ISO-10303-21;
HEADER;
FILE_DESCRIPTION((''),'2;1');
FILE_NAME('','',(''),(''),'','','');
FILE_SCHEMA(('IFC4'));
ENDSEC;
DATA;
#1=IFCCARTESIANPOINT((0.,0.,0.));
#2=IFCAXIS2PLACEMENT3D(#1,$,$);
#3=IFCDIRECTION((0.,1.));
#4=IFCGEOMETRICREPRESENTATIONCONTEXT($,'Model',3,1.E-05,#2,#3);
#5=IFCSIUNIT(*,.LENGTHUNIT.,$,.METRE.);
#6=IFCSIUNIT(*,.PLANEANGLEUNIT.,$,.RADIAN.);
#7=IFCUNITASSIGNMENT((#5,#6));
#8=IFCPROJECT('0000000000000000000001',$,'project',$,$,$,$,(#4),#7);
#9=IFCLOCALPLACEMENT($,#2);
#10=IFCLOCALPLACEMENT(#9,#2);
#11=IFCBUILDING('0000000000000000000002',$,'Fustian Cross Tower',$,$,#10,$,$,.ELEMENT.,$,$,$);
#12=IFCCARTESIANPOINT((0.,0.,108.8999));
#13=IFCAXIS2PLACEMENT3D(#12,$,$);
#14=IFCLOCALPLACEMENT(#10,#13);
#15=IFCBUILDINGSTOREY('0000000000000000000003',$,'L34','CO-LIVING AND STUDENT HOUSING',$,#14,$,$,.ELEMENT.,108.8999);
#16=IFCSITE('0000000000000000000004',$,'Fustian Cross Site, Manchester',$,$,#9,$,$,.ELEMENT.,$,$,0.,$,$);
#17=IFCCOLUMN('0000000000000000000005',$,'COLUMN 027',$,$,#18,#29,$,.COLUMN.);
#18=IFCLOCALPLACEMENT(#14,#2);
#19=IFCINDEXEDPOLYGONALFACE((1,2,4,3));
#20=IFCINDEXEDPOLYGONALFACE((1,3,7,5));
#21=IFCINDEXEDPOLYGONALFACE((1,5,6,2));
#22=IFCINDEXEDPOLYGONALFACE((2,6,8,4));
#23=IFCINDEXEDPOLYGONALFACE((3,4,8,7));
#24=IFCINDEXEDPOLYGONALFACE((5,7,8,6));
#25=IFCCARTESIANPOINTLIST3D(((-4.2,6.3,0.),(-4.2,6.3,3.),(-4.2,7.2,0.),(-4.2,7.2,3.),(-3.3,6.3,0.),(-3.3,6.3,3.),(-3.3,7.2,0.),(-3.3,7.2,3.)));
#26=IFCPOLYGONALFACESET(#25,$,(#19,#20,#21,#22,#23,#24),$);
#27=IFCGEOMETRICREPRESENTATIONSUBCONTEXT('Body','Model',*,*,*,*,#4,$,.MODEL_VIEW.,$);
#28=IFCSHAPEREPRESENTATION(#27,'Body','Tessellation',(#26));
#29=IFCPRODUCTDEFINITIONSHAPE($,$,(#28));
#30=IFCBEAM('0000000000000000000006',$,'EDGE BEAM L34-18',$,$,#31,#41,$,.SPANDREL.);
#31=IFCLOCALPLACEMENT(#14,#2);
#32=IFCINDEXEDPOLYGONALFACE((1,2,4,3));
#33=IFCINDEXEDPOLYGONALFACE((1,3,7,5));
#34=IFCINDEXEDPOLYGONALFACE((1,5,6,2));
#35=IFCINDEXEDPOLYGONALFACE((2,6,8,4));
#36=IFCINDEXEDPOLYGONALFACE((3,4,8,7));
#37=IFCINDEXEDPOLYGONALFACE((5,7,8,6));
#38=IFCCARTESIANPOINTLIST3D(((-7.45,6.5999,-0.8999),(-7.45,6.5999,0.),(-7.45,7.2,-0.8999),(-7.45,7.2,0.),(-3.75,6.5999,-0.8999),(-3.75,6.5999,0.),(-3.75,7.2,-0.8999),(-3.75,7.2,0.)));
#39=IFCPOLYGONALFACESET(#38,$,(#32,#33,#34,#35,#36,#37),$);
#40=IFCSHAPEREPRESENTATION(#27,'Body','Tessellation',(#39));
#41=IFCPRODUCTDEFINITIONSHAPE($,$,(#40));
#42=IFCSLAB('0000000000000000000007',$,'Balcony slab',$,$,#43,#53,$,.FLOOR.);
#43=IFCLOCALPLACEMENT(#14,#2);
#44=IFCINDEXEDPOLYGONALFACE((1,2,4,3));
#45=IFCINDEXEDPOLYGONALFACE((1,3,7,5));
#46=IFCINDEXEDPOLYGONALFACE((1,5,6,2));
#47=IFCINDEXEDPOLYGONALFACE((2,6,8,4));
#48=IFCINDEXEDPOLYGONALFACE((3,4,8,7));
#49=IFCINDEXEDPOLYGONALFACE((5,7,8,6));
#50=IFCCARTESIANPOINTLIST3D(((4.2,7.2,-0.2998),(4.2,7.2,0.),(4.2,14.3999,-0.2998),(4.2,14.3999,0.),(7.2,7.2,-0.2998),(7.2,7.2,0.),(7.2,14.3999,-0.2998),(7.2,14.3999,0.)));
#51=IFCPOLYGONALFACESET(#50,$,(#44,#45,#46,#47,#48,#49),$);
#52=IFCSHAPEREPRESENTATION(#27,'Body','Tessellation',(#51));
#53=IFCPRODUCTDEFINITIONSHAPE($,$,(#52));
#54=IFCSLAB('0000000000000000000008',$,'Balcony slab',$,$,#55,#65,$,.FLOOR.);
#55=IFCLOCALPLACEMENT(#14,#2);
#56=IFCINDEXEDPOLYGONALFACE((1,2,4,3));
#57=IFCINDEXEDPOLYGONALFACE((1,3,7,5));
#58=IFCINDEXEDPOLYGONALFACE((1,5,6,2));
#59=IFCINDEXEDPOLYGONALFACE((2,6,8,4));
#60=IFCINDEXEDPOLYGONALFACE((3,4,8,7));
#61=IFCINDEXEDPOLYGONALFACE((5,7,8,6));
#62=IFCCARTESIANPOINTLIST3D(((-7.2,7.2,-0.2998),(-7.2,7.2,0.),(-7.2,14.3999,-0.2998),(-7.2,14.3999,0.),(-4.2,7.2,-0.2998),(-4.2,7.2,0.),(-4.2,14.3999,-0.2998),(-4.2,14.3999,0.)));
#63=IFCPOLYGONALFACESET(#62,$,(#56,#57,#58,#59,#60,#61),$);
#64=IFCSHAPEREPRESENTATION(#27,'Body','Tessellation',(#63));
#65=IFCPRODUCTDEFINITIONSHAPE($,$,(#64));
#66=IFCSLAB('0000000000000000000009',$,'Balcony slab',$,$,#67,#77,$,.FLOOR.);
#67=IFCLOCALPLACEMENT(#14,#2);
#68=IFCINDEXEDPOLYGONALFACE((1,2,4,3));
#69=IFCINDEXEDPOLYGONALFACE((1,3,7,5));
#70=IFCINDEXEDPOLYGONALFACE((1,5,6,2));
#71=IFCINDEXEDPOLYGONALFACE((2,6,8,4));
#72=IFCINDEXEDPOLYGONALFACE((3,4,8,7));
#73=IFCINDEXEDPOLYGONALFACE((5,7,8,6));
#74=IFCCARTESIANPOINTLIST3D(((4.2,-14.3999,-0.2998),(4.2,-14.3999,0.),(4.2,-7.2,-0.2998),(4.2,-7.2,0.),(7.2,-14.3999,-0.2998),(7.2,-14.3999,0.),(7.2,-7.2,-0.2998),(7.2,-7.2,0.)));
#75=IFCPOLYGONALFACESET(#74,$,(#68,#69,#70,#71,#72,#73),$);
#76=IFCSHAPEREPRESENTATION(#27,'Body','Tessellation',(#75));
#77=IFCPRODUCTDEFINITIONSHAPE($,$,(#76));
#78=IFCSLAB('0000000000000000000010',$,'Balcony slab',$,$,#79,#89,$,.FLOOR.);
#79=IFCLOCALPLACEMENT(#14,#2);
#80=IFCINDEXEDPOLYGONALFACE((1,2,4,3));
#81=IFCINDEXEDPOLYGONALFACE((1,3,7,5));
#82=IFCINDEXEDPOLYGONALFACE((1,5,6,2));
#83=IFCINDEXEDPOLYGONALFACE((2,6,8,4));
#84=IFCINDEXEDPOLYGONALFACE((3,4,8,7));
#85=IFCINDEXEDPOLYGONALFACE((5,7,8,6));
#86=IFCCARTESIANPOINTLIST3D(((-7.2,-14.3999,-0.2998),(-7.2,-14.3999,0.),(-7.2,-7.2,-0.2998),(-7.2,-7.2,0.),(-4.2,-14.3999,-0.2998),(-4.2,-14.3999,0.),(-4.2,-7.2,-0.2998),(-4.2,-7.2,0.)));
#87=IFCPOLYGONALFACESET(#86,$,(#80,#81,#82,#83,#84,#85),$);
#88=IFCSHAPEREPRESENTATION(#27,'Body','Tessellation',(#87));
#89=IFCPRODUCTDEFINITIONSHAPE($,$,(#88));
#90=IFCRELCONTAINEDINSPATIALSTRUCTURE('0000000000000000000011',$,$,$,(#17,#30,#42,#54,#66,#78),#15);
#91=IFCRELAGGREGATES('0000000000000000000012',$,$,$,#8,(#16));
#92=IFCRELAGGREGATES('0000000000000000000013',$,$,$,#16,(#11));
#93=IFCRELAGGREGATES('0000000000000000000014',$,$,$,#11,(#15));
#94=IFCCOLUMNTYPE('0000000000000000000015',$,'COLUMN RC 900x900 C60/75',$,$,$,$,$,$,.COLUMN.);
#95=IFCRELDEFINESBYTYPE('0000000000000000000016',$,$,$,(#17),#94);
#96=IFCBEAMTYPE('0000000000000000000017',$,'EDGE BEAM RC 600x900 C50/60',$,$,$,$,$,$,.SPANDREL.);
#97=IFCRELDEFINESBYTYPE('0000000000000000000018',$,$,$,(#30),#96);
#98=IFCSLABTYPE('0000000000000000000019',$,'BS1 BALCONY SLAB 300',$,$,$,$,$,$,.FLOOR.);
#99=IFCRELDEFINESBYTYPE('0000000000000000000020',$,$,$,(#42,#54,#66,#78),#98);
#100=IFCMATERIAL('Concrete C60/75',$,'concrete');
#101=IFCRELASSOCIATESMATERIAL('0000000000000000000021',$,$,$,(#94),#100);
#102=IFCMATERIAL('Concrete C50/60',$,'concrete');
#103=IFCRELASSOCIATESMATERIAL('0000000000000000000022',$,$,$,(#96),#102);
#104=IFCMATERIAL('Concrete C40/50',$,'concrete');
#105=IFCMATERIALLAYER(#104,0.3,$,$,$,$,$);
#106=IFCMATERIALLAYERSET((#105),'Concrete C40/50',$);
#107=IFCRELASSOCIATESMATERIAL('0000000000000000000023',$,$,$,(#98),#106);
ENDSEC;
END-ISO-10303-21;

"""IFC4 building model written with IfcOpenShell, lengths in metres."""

from ifc_helpers import new_model, si_unit, direction, frame, origin, origin_2d, place, context, subcontext, project, spatial, polyline, rectangle, outline, extrude, material, layer, layer_set, material_profile, profile_set, type_object, element, save


model = new_model("IFC4")

# Units and contexts
model_context = context("Model", 3, precision=1e-05, world=origin(), true_north=direction((0.0, 1.0)))
body_context = subcontext(model_context, "Body", "Model", "MODEL_VIEW")
ifc_project = project(units=[si_unit("LENGTHUNIT", "METRE"), si_unit("PLANEANGLEUNIT", "RADIAN")], contexts=[model_context])

# Site, building, storey
site_placement = place(None, origin())
site = spatial("IfcSite", under=ifc_project, at=site_placement, Name="Fustian Cross Site, Manchester", CompositionType="ELEMENT", RefElevation=0.0)
building_placement = place(site_placement, origin())
building = spatial("IfcBuilding", under=site, at=building_placement, Name="Fustian Cross Tower", CompositionType="ELEMENT")
storey_placement = place(building_placement, frame((0.0, 0.0, 108.8999)))
storey = spatial("IfcBuildingStorey", under=building, at=storey_placement, Name="L34", Description="CO-LIVING AND STUDENT HOUSING", CompositionType="ELEMENT", Elevation=108.8999)

# Column
ifc_material_1 = material(Name="Concrete C60/75", Category="concrete")
ifc_material_profile_1 = material_profile(ifc_material_1, rectangle(XDim=0.8999, YDim=0.8999, at=origin_2d()), Name="RC 900x900")
ifc_profile_set_1 = profile_set([ifc_material_profile_1], Name="Concrete C60/75")
column_type = type_object("IfcColumnType", Name="COLUMN RC 900x900 C60/75", PredefinedType="COLUMN", material=ifc_profile_set_1)
column_placement = place(storey_placement, frame((-3.75, 6.75, 0.0), z_axis=(0.0, 0.0, 1.0), x_axis=(1.0, 0.0, 0.0)))
element("IfcColumn", 1, at=column_placement, inside=storey, type_object=column_type, Name="COLUMN 027", PredefinedType="COLUMN", context=body_context, shape_type="SweptSolid", body=[
    extrude(rectangle(XDim=0.8999, YDim=0.8999, at=origin_2d()), origin(), (0.0, 0.0, 1.0), 3.0),
])

# Beam
ifc_material_2 = material(Name="Concrete C50/60", Category="concrete")
ifc_material_profile_2 = material_profile(ifc_material_2, rectangle(XDim=0.6001, YDim=0.8999, at=origin_2d()), Name="RC 600x900")
ifc_profile_set_2 = profile_set([ifc_material_profile_2], Name="Concrete C50/60")
beam_type = type_object("IfcBeamType", Name="EDGE BEAM RC 600x900 C50/60", PredefinedType="SPANDREL", material=ifc_profile_set_2)
beam_placement = place(storey_placement, frame((-3.75, 6.8999, -0.45), z_axis=(-1.0, 0.0, 0.0), x_axis=(0.0, -1.0, 0.0)))
element("IfcBeam", 2, at=beam_placement, inside=storey, type_object=beam_type, Name="EDGE BEAM L34-18", PredefinedType="SPANDREL", context=body_context, shape_type="SweptSolid", body=[
    extrude(rectangle(XDim=0.6001, YDim=0.8999, at=origin_2d()), origin(), (0.0, 0.0, 1.0), 3.7),
])

# Slabs
ifc_material_3 = material(Name="Concrete C40/50", Category="concrete")
ifc_layer_1 = layer(ifc_material_3, 0.3)
ifc_layer_set_1 = layer_set([ifc_layer_1], Name="Concrete C40/50")
slab_type_1 = type_object("IfcSlabType", Name="BS1 BALCONY SLAB 300", PredefinedType="FLOOR", material=ifc_layer_set_1)
slab_1_placement = place(storey_placement, frame((0.0, 0.0, -0.2998)))
element("IfcSlab", 3, at=slab_1_placement, inside=storey, type_object=slab_type_1, Name="Balcony slab", PredefinedType="FLOOR", context=body_context, shape_type="SweptSolid", body=[
    extrude(outline(polyline([(4.2, 7.2), (7.2, 7.2), (7.2, 14.3999), (4.2, 14.3999), (4.2, 7.2)])), origin(), (0.0, 0.0, 1.0), 0.2998),
])
slab_2_placement = place(storey_placement, frame((0.0, 0.0, -0.2998)))
element("IfcSlab", 4, at=slab_2_placement, inside=storey, type_object=slab_type_1, Name="Balcony slab", PredefinedType="FLOOR", context=body_context, shape_type="SweptSolid", body=[
    extrude(outline(polyline([(-7.2, 7.2), (-4.2, 7.2), (-4.2, 14.3999), (-7.2, 14.3999), (-7.2, 7.2)])), origin(), (0.0, 0.0, 1.0), 0.2998),
])
slab_3_placement = place(storey_placement, frame((0.0, 0.0, -0.2998)))
element("IfcSlab", 5, at=slab_3_placement, inside=storey, type_object=slab_type_1, Name="Balcony slab", PredefinedType="FLOOR", context=body_context, shape_type="SweptSolid", body=[
    extrude(outline(polyline([(4.2, -14.3999), (7.2, -14.3999), (7.2, -7.2), (4.2, -7.2), (4.2, -14.3999)])), origin(), (0.0, 0.0, 1.0), 0.2998),
])
slab_4_placement = place(storey_placement, frame((0.0, 0.0, -0.2998)))
element("IfcSlab", 6, at=slab_4_placement, inside=storey, type_object=slab_type_1, Name="Balcony slab", PredefinedType="FLOOR", context=body_context, shape_type="SweptSolid", body=[
    extrude(outline(polyline([(-7.2, -14.3999), (-4.2, -14.3999), (-4.2, -7.2), (-7.2, -7.2), (-7.2, -14.3999)])), origin(), (0.0, 0.0, 1.0), 0.2998),
])

save(model, "model.ifc")
